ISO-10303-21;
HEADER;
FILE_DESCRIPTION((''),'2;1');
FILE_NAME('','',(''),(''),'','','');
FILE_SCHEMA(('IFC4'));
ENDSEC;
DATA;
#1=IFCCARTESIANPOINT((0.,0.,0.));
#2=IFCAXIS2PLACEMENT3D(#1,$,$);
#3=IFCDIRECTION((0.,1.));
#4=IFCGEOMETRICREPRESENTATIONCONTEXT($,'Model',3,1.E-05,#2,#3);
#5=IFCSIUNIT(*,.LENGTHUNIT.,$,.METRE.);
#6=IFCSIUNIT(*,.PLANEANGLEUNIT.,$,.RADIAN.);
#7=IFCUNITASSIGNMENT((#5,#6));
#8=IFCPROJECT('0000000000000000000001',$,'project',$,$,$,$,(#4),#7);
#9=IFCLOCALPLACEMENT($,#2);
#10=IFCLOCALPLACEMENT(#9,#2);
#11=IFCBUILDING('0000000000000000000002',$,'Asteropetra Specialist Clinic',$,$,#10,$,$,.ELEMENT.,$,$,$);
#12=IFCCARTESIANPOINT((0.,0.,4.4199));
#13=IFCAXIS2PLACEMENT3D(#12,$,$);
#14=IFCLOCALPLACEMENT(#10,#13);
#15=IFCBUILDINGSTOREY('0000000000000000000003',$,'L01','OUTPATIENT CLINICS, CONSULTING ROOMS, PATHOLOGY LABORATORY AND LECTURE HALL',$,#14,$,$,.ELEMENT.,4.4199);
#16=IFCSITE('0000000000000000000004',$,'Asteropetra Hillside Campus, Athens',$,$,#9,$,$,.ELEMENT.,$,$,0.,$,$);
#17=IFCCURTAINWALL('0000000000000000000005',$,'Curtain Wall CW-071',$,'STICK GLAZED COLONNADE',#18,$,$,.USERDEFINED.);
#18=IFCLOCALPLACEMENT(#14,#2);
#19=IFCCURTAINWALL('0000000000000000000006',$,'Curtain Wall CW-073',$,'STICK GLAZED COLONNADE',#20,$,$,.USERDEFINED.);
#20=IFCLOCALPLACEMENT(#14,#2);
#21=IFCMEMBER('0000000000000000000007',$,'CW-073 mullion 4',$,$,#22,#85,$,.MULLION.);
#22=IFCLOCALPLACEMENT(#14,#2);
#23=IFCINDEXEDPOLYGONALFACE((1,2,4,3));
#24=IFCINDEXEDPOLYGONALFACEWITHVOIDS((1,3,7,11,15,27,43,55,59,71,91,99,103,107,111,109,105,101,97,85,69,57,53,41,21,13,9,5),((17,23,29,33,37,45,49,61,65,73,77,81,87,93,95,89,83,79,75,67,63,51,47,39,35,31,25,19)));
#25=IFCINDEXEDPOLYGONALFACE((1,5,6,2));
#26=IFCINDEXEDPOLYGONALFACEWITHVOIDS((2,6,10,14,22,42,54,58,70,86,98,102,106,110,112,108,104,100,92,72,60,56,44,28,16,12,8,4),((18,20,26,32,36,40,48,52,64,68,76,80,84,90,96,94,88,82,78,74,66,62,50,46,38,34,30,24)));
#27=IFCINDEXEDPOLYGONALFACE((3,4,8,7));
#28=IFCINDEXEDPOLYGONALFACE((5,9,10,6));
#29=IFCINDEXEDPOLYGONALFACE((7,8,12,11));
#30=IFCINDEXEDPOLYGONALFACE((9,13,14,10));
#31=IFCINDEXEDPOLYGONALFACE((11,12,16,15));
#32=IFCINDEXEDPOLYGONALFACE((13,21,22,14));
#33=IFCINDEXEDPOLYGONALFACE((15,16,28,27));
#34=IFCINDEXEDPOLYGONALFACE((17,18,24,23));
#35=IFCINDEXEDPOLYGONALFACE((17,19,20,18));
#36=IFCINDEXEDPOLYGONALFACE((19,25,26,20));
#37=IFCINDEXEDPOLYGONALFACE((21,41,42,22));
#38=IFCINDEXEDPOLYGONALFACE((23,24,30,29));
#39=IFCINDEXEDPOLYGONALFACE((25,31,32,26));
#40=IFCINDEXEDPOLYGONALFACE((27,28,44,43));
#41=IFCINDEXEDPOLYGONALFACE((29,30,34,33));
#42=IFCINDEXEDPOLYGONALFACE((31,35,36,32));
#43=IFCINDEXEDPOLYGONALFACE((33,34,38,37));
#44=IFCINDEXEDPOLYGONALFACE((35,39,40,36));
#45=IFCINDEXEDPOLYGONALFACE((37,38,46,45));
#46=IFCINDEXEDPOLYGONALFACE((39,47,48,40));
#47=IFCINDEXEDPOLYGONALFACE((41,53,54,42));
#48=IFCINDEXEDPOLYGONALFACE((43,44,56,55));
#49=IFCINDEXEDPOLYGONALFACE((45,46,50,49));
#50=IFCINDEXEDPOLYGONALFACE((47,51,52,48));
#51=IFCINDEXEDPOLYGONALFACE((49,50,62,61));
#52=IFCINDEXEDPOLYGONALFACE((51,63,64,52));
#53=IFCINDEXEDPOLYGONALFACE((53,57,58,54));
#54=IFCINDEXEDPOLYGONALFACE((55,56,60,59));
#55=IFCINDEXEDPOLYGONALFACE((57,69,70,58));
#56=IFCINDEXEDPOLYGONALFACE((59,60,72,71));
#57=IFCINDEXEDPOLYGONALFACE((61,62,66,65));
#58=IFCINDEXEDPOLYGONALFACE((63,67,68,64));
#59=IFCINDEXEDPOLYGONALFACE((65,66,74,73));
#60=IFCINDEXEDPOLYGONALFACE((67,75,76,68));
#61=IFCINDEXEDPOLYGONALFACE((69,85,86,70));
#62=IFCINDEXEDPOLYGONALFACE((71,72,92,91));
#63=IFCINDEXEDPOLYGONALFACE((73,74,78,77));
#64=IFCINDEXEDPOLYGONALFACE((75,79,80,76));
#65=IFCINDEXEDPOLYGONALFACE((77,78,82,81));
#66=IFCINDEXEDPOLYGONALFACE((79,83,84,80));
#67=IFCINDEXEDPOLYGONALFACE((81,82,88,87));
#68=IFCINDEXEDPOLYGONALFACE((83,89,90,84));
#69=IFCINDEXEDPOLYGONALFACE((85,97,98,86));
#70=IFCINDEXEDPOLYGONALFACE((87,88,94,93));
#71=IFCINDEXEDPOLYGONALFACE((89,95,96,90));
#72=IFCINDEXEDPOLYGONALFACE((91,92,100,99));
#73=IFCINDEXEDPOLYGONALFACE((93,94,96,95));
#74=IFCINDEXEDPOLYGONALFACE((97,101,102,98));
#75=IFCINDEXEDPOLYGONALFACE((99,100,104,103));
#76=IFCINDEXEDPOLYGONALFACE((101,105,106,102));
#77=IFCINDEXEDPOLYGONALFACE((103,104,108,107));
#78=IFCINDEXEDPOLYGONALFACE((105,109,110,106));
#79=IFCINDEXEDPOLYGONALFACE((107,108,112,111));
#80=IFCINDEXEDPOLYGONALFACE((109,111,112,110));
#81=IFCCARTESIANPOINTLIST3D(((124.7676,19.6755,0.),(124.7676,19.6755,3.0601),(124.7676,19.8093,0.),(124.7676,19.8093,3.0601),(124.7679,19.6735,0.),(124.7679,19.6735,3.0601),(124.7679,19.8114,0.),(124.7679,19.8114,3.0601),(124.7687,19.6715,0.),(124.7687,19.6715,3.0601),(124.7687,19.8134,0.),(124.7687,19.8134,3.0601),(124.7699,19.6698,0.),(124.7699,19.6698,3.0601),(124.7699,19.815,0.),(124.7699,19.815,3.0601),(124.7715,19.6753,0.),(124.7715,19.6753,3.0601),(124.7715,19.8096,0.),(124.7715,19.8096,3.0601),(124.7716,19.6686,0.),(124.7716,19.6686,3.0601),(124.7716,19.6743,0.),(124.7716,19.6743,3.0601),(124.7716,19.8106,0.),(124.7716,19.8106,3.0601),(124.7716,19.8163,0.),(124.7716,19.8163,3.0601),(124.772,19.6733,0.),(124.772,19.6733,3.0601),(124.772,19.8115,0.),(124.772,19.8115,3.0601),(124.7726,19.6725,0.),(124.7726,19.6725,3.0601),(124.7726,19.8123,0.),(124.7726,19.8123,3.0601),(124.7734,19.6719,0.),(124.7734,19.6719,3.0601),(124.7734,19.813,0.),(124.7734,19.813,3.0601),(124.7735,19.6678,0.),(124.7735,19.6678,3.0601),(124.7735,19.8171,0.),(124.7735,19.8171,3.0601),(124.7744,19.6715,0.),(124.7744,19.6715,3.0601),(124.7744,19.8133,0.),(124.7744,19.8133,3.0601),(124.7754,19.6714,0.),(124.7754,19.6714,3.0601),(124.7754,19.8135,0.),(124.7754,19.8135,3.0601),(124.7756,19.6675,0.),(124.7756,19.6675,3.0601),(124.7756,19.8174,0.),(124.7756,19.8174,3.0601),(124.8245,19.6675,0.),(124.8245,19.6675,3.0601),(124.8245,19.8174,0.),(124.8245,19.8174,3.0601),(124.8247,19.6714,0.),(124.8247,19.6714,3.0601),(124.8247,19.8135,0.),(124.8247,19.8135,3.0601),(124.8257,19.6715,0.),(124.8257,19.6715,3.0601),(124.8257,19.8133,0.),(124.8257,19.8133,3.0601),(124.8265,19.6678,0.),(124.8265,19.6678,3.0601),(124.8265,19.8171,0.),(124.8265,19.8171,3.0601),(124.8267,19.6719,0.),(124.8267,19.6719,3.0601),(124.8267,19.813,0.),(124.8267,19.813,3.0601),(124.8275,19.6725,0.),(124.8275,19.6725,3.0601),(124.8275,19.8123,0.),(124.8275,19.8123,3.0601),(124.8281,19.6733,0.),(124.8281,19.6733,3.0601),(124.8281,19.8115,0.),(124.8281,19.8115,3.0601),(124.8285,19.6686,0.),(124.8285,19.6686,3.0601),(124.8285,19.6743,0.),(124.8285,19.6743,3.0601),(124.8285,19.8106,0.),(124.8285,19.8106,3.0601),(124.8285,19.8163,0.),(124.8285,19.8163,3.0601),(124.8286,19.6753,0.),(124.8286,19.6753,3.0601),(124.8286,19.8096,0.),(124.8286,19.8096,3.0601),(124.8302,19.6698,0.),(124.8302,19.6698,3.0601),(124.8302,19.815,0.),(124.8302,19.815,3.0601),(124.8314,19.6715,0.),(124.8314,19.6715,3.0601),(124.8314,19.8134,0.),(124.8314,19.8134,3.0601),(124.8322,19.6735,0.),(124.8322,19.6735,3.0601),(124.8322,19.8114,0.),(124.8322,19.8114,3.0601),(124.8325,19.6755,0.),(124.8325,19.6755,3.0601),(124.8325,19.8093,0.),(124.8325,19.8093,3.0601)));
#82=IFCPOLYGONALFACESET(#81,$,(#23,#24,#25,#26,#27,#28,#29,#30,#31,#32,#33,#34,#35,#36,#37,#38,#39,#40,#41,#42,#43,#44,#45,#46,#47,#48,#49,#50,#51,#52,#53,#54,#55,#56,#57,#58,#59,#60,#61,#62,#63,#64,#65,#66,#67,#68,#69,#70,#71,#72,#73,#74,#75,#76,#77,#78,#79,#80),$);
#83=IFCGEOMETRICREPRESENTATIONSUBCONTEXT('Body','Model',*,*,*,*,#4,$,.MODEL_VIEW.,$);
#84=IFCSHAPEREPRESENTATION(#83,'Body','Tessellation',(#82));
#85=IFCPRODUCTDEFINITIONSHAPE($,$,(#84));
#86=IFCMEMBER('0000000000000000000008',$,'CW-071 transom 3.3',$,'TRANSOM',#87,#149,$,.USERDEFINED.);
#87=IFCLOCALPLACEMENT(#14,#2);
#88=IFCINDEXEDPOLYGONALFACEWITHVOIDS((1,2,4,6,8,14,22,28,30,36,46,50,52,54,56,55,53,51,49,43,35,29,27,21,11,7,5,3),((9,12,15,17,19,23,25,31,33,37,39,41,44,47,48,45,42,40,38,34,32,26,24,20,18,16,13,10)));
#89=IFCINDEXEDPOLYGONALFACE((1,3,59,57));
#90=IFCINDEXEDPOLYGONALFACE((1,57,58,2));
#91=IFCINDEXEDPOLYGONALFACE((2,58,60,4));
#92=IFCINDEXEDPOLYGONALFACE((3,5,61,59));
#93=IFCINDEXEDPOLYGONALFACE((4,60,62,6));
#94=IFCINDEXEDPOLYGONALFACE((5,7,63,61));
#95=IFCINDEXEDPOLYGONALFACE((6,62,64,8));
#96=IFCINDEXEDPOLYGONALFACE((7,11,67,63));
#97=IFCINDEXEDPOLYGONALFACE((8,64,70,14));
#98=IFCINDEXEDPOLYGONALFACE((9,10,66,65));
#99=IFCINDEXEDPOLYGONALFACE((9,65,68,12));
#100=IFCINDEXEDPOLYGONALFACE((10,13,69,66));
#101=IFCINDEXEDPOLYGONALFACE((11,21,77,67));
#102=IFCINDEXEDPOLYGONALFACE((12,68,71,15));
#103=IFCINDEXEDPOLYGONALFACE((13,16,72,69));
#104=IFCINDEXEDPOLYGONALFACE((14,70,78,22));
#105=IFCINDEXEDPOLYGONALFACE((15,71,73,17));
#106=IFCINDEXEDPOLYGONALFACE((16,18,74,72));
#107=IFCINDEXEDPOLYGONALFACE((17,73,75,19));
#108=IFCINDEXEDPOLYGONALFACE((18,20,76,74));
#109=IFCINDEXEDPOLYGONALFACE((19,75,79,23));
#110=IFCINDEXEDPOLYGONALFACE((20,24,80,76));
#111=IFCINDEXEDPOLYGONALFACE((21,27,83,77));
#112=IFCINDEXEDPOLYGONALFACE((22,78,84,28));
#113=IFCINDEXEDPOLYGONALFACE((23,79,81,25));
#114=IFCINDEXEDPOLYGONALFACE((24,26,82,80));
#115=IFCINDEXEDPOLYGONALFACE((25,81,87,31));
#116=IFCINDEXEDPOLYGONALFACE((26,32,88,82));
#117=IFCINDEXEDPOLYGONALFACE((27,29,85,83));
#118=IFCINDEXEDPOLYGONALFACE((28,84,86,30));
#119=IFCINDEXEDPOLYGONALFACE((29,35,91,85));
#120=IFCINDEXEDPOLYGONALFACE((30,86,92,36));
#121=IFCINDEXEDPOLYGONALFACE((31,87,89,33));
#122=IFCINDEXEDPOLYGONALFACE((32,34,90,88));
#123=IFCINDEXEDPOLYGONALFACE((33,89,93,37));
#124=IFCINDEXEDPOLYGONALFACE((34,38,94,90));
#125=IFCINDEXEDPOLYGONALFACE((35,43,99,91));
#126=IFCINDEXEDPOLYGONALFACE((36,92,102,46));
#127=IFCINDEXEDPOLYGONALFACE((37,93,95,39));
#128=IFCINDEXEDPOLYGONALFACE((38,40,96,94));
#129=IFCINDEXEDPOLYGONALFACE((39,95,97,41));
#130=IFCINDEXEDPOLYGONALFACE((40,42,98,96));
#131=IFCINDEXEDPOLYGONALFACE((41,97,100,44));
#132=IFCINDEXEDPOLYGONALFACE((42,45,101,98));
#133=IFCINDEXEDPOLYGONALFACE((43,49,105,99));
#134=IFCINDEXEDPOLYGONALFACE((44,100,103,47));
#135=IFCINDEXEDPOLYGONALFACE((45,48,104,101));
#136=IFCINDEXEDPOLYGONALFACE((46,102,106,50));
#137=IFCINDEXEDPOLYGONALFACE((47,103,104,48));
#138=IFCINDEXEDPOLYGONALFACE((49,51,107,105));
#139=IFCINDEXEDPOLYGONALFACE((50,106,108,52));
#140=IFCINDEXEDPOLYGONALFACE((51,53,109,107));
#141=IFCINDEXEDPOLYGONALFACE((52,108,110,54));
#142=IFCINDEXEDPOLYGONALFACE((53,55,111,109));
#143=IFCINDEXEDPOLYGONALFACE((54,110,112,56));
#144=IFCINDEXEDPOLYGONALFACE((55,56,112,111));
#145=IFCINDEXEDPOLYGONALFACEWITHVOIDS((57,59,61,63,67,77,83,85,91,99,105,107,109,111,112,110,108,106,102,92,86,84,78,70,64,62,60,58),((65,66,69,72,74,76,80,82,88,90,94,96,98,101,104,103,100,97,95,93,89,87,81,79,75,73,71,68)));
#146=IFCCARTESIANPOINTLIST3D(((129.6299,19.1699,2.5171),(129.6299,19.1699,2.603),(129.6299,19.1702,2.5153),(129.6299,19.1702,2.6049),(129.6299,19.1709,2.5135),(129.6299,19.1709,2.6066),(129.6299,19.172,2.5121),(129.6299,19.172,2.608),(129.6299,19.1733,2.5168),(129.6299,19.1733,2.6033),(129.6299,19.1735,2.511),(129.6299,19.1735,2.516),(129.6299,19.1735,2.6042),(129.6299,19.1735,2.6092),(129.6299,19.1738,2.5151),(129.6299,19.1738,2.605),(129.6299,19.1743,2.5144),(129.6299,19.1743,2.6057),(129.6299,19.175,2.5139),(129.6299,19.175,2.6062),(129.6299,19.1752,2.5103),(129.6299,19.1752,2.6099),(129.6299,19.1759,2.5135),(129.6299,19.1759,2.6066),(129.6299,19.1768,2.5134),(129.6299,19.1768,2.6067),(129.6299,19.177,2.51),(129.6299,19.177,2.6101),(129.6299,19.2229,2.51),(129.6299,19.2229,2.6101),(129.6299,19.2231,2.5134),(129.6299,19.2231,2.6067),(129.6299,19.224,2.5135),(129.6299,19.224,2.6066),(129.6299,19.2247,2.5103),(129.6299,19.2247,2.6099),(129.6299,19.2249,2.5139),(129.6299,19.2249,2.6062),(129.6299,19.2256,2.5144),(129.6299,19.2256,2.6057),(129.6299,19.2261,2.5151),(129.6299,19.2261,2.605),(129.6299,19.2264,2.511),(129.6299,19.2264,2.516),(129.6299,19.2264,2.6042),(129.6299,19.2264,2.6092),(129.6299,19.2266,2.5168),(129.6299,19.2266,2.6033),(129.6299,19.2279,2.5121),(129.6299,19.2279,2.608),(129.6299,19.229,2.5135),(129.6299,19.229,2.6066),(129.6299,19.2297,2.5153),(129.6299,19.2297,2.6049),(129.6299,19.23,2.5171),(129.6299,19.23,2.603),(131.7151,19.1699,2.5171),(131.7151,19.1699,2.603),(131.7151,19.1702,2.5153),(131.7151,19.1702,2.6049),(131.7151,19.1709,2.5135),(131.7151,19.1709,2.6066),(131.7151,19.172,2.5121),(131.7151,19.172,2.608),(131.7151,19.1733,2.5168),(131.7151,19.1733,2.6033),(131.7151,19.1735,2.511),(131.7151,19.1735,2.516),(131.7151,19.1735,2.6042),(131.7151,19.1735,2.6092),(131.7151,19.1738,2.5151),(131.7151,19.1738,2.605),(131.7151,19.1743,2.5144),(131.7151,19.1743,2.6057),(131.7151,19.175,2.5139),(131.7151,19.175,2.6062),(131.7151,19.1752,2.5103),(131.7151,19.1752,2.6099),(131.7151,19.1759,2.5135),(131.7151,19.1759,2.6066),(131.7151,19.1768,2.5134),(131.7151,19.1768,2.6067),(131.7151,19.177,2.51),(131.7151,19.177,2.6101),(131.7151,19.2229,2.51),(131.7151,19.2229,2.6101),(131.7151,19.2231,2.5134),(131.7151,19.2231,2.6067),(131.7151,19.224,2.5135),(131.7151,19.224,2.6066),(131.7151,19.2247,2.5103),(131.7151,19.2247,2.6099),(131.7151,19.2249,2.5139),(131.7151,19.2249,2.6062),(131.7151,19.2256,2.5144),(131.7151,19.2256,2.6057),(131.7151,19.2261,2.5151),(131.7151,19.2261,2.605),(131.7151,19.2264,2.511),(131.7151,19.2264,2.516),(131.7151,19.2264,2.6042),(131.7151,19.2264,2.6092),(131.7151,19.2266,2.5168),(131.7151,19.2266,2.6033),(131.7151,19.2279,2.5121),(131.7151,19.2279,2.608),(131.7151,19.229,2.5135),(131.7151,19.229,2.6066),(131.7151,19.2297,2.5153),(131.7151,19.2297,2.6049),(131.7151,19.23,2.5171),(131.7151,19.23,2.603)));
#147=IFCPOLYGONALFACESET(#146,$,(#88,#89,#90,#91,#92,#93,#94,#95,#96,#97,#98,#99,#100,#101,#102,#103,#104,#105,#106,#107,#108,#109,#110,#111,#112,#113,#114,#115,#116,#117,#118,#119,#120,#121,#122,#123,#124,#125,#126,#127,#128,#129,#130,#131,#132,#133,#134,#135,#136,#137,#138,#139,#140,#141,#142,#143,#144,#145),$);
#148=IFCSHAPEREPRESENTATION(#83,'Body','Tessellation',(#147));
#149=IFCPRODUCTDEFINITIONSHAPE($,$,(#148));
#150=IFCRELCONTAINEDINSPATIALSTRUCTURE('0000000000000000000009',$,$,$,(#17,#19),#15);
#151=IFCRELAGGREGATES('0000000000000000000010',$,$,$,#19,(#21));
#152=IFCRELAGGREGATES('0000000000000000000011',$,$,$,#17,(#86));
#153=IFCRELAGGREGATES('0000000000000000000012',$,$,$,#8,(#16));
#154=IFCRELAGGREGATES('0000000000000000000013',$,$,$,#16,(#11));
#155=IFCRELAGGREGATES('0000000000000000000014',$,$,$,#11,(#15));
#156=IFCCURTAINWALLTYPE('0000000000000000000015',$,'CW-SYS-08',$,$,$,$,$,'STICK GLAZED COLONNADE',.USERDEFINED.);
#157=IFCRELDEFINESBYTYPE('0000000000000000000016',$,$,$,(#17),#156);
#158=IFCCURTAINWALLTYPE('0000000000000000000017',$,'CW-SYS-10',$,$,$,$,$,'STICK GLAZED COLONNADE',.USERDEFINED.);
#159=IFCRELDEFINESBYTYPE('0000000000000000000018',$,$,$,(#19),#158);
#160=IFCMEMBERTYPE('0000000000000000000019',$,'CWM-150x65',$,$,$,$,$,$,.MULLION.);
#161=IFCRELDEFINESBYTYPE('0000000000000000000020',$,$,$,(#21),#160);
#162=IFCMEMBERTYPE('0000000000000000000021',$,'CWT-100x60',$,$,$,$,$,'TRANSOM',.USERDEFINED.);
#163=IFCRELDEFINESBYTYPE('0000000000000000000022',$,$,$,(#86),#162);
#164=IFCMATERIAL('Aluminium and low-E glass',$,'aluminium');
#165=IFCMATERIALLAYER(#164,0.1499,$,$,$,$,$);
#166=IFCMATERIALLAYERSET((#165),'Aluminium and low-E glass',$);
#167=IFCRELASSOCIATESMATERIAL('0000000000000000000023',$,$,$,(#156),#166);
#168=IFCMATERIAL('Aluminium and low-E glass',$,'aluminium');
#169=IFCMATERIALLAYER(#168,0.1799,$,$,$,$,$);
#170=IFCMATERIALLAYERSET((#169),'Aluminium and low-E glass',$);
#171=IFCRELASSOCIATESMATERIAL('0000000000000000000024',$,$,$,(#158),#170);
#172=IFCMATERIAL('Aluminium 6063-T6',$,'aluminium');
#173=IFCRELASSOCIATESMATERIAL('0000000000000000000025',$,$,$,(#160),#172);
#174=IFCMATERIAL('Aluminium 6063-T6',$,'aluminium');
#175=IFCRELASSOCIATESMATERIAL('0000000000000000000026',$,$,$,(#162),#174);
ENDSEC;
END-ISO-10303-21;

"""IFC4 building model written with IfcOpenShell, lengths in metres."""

from ifc_helpers import new_model, si_unit, direction, frame, origin, origin_2d, place, context, subcontext, project, spatial, hollow_rectangle, extrude, material, layer, layer_set, material_profile, profile_set, type_object, element, aggregate, save


model = new_model("IFC4")

# Units and contexts
model_context = context("Model", 3, precision=1e-05, world=origin(), true_north=direction((0.0, 1.0)))
body_context = subcontext(model_context, "Body", "Model", "MODEL_VIEW")
ifc_project = project(units=[si_unit("LENGTHUNIT", "METRE"), si_unit("PLANEANGLEUNIT", "RADIAN")], contexts=[model_context])

# Site, building, storey
site_placement = place(None, origin())
site = spatial("IfcSite", under=ifc_project, at=site_placement, Name="Asteropetra Hillside Campus, Athens", CompositionType="ELEMENT", RefElevation=0.0)
building_placement = place(site_placement, origin())
building = spatial("IfcBuilding", under=site, at=building_placement, Name="Asteropetra Specialist Clinic", CompositionType="ELEMENT")
storey_placement = place(building_placement, frame((0.0, 0.0, 4.4199)))
storey = spatial("IfcBuildingStorey", under=building, at=storey_placement, Name="L01", Description="OUTPATIENT CLINICS, CONSULTING ROOMS, PATHOLOGY LABORATORY AND LECTURE HALL", CompositionType="ELEMENT", Elevation=4.4199)

# Curtain wall
ifc_material_1 = material(Name="Aluminium and low-E glass", Category="aluminium")
ifc_layer_1 = layer(ifc_material_1, 0.1499)
ifc_layer_set_1 = layer_set([ifc_layer_1], Name="Aluminium and low-E glass")
curtain_wall_type_1 = type_object("IfcCurtainWallType", Name="CW-SYS-08", ElementType="STICK GLAZED COLONNADE", PredefinedType="USERDEFINED", material=ifc_layer_set_1)
curtain_wall_1_placement = place(storey_placement, origin())
curtain_wall_1 = element("IfcCurtainWall", 1, at=curtain_wall_1_placement, inside=storey, type_object=curtain_wall_type_1, Name="Curtain Wall CW-071", ObjectType="STICK GLAZED COLONNADE", PredefinedType="USERDEFINED")

# Curtain wall, member
ifc_material_2 = material(Name="Aluminium and low-E glass", Category="aluminium")
ifc_layer_2 = layer(ifc_material_2, 0.1799)
ifc_layer_set_2 = layer_set([ifc_layer_2], Name="Aluminium and low-E glass")
curtain_wall_type_2 = type_object("IfcCurtainWallType", Name="CW-SYS-10", ElementType="STICK GLAZED COLONNADE", PredefinedType="USERDEFINED", material=ifc_layer_set_2)
curtain_wall_2_placement = place(storey_placement, origin())
curtain_wall_2 = element("IfcCurtainWall", 2, at=curtain_wall_2_placement, inside=storey, type_object=curtain_wall_type_2, Name="Curtain Wall CW-073", ObjectType="STICK GLAZED COLONNADE", PredefinedType="USERDEFINED")
ifc_material_3 = material(Name="Aluminium 6063-T6", Category="aluminium")
ifc_material_profile_1 = material_profile(ifc_material_3, hollow_rectangle(XDim=0.0649, YDim=0.1499, WallThickness=0.0039, InnerFilletRadius=0.0039, OuterFilletRadius=0.0081, at=origin_2d()), Name="MUL 150x65x4.0")
ifc_profile_set_1 = profile_set([ifc_material_profile_1], Name="Aluminium 6063-T6")
member_type_1 = type_object("IfcMemberType", Name="CWM-150x65", PredefinedType="MULLION", material=ifc_profile_set_1)
member_1_placement = place(storey_placement, frame((124.8, 19.7424, 0.0), z_axis=(0.0, 0.0, 1.0), x_axis=(1.0, 0.0, 0.0)))
member_1 = element("IfcMember", 3, at=member_1_placement, type_object=member_type_1, Name="CW-073 mullion 4", PredefinedType="MULLION", context=body_context, shape_type="SweptSolid", body=[
    extrude(hollow_rectangle(XDim=0.0649, YDim=0.1499, WallThickness=0.0039, InnerFilletRadius=0.0039, OuterFilletRadius=0.0081, at=origin_2d()), origin(), (0.0, 0.0, 1.0), 3.0601),
])

# Member
ifc_material_4 = material(Name="Aluminium 6063-T6", Category="aluminium")
ifc_material_profile_2 = material_profile(ifc_material_4, hollow_rectangle(XDim=0.0601, YDim=0.1001, WallThickness=0.0034, InnerFilletRadius=0.0034, OuterFilletRadius=0.0071, at=origin_2d()), Name="TRN 100x60x3.5")
ifc_profile_set_2 = profile_set([ifc_material_profile_2], Name="Aluminium 6063-T6")
member_type_2 = type_object("IfcMemberType", Name="CWT-100x60", ElementType="TRANSOM", PredefinedType="USERDEFINED", material=ifc_profile_set_2)
member_2_placement = place(storey_placement, frame((129.6299, 19.2, 2.5601), z_axis=(1.0, 0.0, 0.0), x_axis=(0.0, 1.0, 0.0)))
member_2 = element("IfcMember", 4, at=member_2_placement, type_object=member_type_2, Name="CW-071 transom 3.3", ObjectType="TRANSOM", PredefinedType="USERDEFINED", context=body_context, shape_type="SweptSolid", body=[
    extrude(hollow_rectangle(XDim=0.0601, YDim=0.1001, WallThickness=0.0034, InnerFilletRadius=0.0034, OuterFilletRadius=0.0071, at=origin_2d()), origin(), (0.0, 0.0, 1.0), 2.0852),
])

aggregate(curtain_wall_2, [member_1])
aggregate(curtain_wall_1, [member_2])

save(model, "model.ifc")
